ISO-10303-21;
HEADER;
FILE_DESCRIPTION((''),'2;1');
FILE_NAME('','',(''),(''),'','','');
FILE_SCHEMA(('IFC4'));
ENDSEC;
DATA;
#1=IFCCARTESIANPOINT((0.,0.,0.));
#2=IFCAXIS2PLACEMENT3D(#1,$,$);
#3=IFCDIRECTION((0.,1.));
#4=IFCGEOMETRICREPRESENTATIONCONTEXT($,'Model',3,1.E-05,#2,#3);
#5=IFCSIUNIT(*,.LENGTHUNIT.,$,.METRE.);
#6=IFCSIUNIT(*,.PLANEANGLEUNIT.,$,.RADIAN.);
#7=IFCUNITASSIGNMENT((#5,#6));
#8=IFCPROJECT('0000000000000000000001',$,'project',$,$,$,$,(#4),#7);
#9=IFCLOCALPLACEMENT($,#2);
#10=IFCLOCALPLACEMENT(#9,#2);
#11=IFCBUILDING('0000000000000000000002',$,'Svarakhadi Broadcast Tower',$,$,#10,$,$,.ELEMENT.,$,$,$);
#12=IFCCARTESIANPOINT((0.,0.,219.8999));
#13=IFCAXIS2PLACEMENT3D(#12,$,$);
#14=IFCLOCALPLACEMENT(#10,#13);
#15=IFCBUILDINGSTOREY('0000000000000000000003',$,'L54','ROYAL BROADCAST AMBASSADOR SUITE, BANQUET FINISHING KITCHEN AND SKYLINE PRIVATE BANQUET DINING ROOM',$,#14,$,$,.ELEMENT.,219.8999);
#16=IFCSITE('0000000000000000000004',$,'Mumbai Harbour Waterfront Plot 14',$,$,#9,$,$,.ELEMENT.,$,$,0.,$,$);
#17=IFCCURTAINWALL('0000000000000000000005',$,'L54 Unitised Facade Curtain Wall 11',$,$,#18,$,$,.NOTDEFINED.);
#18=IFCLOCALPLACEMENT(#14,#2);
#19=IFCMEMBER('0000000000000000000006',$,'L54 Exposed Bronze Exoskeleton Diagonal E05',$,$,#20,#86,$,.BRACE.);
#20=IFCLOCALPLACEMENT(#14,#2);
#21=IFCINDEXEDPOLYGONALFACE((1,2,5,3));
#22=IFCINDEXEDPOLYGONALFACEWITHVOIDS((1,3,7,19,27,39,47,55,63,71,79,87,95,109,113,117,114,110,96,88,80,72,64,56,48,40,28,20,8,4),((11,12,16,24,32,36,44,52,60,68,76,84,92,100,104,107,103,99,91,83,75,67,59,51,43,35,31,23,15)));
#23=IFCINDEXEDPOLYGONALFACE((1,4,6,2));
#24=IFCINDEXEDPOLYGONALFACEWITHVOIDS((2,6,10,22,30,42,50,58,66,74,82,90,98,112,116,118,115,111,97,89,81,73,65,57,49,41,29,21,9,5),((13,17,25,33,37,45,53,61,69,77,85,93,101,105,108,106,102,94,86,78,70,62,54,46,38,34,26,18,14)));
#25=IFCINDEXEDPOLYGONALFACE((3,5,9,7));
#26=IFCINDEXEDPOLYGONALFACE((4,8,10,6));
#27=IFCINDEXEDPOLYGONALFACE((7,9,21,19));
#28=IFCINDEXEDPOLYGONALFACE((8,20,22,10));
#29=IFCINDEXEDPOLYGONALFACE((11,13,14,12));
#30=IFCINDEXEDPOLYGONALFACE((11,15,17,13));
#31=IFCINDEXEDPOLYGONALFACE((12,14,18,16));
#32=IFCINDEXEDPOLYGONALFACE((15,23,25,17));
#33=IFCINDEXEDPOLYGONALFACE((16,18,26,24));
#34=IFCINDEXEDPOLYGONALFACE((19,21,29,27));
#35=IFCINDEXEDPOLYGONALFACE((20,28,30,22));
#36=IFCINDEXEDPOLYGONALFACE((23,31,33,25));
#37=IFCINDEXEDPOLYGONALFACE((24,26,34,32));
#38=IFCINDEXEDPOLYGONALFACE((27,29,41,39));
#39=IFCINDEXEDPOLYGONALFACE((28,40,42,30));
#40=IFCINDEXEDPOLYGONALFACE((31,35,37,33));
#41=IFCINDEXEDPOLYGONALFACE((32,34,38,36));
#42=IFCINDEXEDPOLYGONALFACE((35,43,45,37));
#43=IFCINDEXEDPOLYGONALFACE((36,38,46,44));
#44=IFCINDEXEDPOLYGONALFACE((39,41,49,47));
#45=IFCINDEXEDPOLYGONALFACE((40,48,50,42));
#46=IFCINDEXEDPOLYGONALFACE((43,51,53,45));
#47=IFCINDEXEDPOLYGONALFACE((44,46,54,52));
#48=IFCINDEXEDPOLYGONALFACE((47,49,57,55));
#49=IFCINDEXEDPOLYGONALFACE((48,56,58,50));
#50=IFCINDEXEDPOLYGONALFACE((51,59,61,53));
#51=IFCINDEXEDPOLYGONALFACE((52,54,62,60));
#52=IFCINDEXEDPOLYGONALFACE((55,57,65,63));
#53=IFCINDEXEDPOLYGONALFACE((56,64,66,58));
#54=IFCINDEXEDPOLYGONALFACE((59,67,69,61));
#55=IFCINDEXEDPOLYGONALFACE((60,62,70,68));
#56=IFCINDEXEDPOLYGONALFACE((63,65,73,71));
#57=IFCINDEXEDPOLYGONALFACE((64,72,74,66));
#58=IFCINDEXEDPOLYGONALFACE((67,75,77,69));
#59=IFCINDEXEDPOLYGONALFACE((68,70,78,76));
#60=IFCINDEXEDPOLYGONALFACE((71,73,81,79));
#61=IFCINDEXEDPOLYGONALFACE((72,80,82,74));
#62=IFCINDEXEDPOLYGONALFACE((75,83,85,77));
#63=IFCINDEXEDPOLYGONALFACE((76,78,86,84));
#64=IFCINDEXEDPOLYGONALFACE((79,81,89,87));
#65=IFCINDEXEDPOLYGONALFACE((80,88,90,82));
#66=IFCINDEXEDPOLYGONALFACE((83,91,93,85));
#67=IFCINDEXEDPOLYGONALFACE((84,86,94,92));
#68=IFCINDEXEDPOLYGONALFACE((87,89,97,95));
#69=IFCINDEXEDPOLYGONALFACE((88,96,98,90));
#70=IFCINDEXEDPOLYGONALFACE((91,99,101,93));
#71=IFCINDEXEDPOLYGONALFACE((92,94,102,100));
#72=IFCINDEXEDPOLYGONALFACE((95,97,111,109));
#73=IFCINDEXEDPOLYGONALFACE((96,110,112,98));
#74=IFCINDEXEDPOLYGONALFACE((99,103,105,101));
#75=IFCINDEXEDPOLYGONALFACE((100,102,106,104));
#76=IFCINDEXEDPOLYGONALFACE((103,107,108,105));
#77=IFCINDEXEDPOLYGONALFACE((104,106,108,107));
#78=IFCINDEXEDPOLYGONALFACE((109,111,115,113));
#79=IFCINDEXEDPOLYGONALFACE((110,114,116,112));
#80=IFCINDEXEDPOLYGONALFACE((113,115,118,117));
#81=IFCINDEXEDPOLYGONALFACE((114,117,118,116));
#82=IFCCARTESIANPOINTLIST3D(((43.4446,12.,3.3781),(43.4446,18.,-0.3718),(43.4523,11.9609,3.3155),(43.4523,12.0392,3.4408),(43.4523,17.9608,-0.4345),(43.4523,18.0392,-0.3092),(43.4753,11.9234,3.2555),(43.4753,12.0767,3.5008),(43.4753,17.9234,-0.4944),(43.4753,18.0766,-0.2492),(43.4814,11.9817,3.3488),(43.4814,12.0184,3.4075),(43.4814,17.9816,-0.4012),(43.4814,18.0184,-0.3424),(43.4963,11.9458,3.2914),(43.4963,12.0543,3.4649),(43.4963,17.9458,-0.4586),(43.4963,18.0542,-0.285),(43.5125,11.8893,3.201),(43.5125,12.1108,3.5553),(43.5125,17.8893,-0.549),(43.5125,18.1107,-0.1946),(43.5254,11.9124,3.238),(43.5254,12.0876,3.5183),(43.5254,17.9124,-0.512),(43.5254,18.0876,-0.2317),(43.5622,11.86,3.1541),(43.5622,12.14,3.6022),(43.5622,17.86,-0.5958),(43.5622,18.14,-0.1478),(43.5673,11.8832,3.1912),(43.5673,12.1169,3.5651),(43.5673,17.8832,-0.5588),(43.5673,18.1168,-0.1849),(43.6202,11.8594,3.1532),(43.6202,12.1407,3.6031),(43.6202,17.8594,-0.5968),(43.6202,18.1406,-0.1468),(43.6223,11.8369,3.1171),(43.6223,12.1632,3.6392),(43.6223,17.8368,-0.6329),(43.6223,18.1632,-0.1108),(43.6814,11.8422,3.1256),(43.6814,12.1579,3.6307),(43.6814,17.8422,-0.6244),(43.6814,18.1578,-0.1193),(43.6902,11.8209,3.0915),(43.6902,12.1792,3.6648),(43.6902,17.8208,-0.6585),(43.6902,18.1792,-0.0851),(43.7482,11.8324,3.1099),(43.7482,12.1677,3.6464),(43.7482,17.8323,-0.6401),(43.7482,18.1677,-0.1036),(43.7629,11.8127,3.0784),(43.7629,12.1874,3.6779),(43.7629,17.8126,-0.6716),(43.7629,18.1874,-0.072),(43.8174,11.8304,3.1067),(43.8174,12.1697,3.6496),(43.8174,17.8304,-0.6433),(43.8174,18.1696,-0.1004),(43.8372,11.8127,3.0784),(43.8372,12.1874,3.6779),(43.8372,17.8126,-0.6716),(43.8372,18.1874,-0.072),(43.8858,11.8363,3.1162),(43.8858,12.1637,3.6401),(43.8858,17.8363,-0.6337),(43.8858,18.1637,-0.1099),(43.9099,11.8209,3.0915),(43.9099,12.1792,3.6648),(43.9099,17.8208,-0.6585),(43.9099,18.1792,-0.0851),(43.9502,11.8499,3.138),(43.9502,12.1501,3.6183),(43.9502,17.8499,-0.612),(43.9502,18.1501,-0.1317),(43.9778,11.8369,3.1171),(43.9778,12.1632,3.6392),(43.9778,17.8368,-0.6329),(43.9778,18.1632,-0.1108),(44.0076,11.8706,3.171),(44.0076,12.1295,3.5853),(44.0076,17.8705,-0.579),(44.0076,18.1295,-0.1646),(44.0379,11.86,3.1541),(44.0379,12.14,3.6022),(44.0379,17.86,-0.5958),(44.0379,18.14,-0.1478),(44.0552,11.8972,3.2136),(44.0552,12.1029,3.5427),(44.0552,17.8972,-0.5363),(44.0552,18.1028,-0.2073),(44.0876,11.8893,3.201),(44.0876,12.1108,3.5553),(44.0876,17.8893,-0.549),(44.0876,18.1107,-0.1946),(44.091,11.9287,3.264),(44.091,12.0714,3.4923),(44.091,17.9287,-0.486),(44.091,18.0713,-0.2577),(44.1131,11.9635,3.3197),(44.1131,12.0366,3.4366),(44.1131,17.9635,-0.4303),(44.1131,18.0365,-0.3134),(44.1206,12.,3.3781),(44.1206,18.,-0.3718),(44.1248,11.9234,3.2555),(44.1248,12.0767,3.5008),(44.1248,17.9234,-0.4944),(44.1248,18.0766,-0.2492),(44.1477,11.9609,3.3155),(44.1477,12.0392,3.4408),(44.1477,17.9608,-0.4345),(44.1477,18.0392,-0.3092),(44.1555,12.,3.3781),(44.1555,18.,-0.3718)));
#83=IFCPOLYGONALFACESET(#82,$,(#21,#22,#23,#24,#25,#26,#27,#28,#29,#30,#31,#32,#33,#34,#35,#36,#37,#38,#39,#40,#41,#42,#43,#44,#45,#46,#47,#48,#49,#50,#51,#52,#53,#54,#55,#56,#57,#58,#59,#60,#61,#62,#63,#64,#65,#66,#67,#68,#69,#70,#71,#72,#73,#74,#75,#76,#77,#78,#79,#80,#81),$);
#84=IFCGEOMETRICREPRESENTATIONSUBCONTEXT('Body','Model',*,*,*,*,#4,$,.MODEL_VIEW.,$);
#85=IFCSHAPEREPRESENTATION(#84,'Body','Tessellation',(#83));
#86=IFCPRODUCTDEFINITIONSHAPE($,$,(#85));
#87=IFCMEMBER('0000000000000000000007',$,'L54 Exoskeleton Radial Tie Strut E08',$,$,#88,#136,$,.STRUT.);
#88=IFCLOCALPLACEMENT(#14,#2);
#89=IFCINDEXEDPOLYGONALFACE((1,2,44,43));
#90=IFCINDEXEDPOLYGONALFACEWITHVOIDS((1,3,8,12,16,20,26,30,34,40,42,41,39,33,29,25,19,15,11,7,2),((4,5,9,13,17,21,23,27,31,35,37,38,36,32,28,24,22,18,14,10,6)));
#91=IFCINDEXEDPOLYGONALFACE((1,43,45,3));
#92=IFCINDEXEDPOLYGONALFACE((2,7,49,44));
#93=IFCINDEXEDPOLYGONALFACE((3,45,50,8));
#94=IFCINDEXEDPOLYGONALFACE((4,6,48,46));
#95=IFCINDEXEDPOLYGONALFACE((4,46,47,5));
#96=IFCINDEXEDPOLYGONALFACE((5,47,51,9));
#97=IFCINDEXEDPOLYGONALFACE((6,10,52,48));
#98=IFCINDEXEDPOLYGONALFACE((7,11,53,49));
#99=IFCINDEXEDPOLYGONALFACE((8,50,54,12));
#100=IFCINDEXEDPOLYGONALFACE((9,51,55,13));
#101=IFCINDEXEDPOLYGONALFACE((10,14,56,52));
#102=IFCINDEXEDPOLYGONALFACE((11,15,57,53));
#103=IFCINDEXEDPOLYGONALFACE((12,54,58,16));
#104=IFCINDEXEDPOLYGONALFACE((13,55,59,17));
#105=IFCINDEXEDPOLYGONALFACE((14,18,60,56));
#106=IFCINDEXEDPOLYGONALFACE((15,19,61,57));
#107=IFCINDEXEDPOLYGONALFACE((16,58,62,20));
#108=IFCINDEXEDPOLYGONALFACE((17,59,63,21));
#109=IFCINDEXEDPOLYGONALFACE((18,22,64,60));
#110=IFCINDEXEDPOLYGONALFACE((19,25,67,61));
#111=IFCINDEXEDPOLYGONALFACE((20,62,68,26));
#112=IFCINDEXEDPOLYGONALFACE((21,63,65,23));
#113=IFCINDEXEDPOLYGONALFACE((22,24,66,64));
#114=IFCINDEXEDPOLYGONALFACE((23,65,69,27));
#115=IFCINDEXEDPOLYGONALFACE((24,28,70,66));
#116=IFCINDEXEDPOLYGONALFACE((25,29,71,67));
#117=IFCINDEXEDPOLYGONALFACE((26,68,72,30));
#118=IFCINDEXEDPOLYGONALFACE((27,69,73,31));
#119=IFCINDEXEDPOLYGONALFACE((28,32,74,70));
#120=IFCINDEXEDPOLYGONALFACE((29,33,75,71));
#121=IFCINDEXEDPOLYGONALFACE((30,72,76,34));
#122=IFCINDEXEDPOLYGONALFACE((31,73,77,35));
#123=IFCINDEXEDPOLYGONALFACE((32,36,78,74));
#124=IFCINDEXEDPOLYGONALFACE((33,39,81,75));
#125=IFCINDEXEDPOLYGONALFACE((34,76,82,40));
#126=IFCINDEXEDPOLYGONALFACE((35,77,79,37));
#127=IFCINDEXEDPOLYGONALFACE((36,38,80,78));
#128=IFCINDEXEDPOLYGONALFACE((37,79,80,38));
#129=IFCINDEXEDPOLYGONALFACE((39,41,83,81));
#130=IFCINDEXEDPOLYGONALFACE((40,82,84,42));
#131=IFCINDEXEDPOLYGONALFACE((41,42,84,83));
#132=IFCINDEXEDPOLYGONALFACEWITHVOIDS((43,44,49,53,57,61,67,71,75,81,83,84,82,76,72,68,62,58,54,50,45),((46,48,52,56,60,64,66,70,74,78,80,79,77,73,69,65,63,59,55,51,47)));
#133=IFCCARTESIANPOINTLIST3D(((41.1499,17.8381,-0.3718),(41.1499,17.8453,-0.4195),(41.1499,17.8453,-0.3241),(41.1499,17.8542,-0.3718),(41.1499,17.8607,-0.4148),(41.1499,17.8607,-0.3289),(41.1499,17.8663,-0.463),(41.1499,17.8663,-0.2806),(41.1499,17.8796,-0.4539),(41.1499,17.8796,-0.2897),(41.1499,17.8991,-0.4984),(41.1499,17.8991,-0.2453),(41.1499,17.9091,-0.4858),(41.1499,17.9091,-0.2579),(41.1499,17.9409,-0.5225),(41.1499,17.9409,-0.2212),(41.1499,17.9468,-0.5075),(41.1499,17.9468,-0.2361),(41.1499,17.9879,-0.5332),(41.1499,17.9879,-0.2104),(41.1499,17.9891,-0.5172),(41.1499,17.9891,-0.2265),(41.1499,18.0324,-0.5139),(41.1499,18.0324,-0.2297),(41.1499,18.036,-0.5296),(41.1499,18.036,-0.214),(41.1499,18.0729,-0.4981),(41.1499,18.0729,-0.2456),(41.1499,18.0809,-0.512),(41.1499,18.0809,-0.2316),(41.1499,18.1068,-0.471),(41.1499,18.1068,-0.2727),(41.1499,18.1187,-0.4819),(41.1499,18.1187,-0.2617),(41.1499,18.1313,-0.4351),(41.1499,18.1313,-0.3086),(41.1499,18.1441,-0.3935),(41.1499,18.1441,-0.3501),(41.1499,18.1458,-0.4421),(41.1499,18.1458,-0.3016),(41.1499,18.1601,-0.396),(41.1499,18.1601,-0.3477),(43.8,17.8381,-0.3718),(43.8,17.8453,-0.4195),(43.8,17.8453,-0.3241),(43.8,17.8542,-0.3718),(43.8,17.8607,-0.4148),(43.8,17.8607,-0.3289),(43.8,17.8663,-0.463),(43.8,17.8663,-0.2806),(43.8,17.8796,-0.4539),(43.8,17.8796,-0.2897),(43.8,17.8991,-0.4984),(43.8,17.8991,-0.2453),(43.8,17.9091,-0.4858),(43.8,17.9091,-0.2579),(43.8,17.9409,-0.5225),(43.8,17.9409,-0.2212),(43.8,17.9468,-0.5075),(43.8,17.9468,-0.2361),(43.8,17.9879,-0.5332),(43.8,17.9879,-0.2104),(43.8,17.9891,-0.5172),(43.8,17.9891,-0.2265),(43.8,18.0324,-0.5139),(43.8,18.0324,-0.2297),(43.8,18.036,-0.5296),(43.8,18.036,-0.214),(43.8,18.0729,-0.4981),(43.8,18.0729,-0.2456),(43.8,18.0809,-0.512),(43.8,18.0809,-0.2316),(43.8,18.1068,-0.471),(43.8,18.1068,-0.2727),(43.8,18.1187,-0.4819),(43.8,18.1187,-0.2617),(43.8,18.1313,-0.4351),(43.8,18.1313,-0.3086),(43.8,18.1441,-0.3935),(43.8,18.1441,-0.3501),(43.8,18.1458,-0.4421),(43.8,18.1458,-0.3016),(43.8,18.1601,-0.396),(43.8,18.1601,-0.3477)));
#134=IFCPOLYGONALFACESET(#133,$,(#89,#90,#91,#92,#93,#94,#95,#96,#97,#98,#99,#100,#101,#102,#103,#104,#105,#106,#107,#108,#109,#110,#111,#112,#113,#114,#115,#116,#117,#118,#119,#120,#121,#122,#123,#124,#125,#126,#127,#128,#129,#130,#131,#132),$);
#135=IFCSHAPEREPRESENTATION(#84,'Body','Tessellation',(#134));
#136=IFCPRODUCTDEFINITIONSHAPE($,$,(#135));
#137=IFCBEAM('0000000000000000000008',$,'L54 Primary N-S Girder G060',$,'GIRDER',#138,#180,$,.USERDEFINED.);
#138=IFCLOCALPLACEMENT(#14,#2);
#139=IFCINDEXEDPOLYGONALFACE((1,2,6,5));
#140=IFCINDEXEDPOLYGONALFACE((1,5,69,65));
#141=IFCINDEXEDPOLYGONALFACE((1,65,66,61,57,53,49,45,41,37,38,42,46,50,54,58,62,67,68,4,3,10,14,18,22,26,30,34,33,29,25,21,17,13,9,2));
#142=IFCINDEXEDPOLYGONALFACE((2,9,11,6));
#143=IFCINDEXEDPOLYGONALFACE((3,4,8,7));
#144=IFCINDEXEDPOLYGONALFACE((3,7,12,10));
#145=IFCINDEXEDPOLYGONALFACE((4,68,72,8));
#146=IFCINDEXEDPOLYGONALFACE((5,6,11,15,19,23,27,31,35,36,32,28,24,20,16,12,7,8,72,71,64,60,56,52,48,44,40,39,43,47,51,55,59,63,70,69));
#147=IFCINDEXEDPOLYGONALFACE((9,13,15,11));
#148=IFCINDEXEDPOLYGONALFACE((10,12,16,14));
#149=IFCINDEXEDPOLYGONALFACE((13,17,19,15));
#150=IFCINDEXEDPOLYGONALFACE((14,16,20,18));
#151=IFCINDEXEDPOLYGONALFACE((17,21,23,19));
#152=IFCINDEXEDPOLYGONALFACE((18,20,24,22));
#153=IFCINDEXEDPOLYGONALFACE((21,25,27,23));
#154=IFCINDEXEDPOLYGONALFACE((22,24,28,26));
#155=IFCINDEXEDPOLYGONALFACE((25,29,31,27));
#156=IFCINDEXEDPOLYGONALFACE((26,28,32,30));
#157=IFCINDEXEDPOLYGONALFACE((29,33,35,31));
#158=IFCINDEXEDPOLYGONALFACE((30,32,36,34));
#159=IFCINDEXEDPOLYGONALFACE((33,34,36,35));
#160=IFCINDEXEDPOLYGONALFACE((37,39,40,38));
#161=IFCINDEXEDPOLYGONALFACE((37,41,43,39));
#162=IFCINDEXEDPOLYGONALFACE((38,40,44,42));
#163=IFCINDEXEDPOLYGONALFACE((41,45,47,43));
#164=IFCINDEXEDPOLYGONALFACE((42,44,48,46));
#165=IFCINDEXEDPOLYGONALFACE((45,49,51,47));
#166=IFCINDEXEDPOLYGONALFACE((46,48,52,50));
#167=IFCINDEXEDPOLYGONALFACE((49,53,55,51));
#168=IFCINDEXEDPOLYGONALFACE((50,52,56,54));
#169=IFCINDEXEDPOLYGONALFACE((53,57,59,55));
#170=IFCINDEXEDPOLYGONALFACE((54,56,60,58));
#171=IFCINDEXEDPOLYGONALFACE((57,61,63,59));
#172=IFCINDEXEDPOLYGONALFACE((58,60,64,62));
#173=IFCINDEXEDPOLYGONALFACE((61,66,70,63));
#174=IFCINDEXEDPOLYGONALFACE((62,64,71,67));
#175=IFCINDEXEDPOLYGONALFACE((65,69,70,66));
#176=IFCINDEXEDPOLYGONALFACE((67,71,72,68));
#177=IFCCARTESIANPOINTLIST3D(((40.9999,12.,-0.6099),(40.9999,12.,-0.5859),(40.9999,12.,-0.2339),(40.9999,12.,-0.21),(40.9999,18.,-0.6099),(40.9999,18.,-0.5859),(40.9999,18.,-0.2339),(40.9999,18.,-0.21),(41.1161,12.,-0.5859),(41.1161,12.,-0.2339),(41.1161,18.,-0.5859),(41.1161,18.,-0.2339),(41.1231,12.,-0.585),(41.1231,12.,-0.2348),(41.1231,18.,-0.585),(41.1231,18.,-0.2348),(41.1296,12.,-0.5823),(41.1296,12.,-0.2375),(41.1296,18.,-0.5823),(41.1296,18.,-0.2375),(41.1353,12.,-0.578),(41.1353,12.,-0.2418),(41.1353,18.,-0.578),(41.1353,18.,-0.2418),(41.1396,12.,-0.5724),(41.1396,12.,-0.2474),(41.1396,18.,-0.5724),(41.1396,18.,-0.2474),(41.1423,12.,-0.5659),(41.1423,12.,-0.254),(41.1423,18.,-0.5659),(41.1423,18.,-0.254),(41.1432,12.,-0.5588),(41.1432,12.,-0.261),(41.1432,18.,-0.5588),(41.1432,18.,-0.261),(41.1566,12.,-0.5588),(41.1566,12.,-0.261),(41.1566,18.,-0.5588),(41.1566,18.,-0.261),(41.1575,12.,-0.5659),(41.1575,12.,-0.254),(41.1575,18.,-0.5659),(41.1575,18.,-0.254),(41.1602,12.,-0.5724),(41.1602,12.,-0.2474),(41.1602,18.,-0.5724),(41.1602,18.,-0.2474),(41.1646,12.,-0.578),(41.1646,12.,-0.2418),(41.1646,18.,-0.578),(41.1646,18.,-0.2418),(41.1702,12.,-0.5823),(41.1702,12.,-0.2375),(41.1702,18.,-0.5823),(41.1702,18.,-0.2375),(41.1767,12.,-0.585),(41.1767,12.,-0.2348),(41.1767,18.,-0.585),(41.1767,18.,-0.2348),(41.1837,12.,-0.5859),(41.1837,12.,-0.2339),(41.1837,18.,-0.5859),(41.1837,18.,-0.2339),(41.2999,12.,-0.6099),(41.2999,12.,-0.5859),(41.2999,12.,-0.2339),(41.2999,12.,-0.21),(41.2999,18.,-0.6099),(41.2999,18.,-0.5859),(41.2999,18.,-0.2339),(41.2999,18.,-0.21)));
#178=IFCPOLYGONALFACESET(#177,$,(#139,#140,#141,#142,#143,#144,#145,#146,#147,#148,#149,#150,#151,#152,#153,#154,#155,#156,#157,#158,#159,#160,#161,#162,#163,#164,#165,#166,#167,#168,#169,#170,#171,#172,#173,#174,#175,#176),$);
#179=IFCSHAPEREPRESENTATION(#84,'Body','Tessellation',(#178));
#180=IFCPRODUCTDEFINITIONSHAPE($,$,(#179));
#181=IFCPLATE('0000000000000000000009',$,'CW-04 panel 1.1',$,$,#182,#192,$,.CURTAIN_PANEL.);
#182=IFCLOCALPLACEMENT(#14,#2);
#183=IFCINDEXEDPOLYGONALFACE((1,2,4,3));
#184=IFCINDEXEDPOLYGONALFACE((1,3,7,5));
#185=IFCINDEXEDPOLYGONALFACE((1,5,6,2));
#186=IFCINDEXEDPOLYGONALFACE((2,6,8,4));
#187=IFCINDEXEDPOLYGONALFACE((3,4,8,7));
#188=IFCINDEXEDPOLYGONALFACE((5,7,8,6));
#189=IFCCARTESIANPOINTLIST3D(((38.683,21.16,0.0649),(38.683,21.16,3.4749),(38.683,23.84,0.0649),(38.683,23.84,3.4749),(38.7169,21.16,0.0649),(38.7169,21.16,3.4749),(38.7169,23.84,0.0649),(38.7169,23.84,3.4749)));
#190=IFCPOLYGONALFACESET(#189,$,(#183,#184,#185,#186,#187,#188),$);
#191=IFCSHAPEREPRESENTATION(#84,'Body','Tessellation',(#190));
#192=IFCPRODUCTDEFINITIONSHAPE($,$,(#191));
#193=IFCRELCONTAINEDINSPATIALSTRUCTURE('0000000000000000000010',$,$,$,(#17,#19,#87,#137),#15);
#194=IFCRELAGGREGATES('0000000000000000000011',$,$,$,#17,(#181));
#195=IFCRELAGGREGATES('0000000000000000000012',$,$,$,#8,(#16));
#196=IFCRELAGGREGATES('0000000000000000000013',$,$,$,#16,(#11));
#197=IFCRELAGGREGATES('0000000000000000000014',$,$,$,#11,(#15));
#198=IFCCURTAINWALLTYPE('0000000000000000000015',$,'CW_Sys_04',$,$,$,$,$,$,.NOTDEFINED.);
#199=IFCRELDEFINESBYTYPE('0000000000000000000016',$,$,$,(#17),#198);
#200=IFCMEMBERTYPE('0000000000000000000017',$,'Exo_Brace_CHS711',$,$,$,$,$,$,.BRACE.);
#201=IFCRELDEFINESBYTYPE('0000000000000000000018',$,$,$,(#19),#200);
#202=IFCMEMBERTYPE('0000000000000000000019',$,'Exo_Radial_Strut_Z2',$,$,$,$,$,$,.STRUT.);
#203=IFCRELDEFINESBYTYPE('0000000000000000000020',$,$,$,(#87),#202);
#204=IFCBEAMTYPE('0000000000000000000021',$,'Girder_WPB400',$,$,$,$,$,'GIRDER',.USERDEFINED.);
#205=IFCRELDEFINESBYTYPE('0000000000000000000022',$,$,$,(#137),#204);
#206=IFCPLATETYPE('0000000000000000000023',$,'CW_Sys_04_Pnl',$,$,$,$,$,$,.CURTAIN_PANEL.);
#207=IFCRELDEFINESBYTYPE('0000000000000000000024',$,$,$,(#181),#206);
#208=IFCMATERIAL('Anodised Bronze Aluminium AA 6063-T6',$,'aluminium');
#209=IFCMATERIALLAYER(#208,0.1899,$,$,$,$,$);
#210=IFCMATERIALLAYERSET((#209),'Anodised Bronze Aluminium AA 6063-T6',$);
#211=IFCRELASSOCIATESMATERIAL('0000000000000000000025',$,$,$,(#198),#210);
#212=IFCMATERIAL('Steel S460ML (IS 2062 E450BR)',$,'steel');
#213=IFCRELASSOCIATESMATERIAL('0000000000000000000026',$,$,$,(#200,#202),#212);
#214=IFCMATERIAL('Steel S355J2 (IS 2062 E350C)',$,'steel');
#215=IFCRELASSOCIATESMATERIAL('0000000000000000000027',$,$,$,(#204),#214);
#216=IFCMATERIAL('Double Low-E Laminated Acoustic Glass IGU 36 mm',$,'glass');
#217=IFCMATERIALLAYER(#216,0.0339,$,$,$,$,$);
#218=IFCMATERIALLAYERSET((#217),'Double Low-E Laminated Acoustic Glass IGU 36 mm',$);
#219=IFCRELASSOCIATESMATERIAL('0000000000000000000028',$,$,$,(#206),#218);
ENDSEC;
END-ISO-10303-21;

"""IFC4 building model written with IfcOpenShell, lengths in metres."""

from ifc_helpers import new_model, si_unit, direction, frame, origin, origin_2d, place, context, subcontext, project, spatial, rectangle, hollow_circle, i_section, extrude, material, layer, layer_set, material_profile, profile_set, type_object, element, aggregate, save


model = new_model("IFC4")

# Units and contexts
model_context = context("Model", 3, precision=1e-05, world=origin(), true_north=direction((0.0, 1.0)))
body_context = subcontext(model_context, "Body", "Model", "MODEL_VIEW")
ifc_project = project(units=[si_unit("LENGTHUNIT", "METRE"), si_unit("PLANEANGLEUNIT", "RADIAN")], contexts=[model_context])

# Site, building, storey
site_placement = place(None, origin())
site = spatial("IfcSite", under=ifc_project, at=site_placement, Name="Mumbai Harbour Waterfront Plot 14", CompositionType="ELEMENT", RefElevation=0.0)
building_placement = place(site_placement, origin())
building = spatial("IfcBuilding", under=site, at=building_placement, Name="Svarakhadi Broadcast Tower", CompositionType="ELEMENT")
storey_placement = place(building_placement, frame((0.0, 0.0, 219.8999)))
storey = spatial("IfcBuildingStorey", under=building, at=storey_placement, Name="L54", Description="ROYAL BROADCAST AMBASSADOR SUITE, BANQUET FINISHING KITCHEN AND SKYLINE PRIVATE BANQUET DINING ROOM", CompositionType="ELEMENT", Elevation=219.8999)

# Shared definitions
ifc_material_1 = material(Name="Steel S460ML (IS 2062 E450BR)", Category="steel")

# Shared definitions
ifc_material_2 = material(Name="Anodised Bronze Aluminium AA 6063-T6", Category="aluminium")
ifc_layer_1 = layer(ifc_material_2, 0.1899)
ifc_layer_set_1 = layer_set([ifc_layer_1], Name="Anodised Bronze Aluminium AA 6063-T6")
curtain_wall_type = type_object("IfcCurtainWallType", Name="CW_Sys_04", PredefinedType="NOTDEFINED", material=ifc_layer_set_1)

# Curtain wall
curtain_wall_1_placement = place(storey_placement, origin())
curtain_wall_1 = element("IfcCurtainWall", 1, at=curtain_wall_1_placement, inside=storey, type_object=curtain_wall_type, Name="L54 Unitised Facade Curtain Wall 11", PredefinedType="NOTDEFINED")

# Members
ifc_material_profile_1 = material_profile(ifc_material_1, hollow_circle(Radius=0.3555, WallThickness=0.0349, at=origin_2d()), Name="CHS 711x35")
ifc_profile_set_1 = profile_set([ifc_material_profile_1], Name="Steel S460ML (IS 2062 E450BR)")
member_type_1 = type_object("IfcMemberType", Name="Exo_Brace_CHS711", PredefinedType="BRACE", material=ifc_profile_set_1)
member_1_placement = place(storey_placement, frame((43.8, 18.0, -0.3718), z_axis=(0.0, -0.847998, 0.529999), x_axis=(1.0, 0.0, 0.0)))
element("IfcMember", 2, at=member_1_placement, inside=storey, type_object=member_type_1, Name="L54 Exposed Bronze Exoskeleton Diagonal E05", PredefinedType="BRACE", context=body_context, shape_type="SweptSolid", body=[
    extrude(hollow_circle(Radius=0.3555, WallThickness=0.0349, at=origin_2d()), origin(), (0.0, 0.0, 1.0), 7.0754),
])
ifc_material_profile_2 = material_profile(ifc_material_1, hollow_circle(Radius=0.1619, WallThickness=0.0161, at=origin_2d()), Name="CHS 323.9x16")
ifc_profile_set_2 = profile_set([ifc_material_profile_2], Name="Steel S460ML (IS 2062 E450BR)")
member_type_2 = type_object("IfcMemberType", Name="Exo_Radial_Strut_Z2", PredefinedType="STRUT", material=ifc_profile_set_2)
member_2_placement = place(storey_placement, frame((43.8, 18.0, -0.3718), z_axis=(-1.0, 0.0, 0.0), x_axis=(0.0, -1.0, 0.0)))
element("IfcMember", 3, at=member_2_placement, inside=storey, type_object=member_type_2, Name="L54 Exoskeleton Radial Tie Strut E08", PredefinedType="STRUT", context=body_context, shape_type="SweptSolid", body=[
    extrude(hollow_circle(Radius=0.1619, WallThickness=0.0161, at=origin_2d()), origin(), (0.0, 0.0, 1.0), 2.6501),
])

# Beam
ifc_material_3 = material(Name="Steel S355J2 (IS 2062 E350C)", Category="steel")
ifc_material_profile_3 = material_profile(ifc_material_3, i_section(OverallWidth=0.3, OverallDepth=0.3999, WebThickness=0.0134, FlangeThickness=0.0239, FilletRadius=0.0271, at=origin_2d()), Name="WPB 400x300x155")
ifc_profile_set_3 = profile_set([ifc_material_profile_3], Name="Steel S355J2 (IS 2062 E350C)")
beam_type = type_object("IfcBeamType", Name="Girder_WPB400", ElementType="GIRDER", PredefinedType="USERDEFINED", material=ifc_profile_set_3)
beam_placement = place(storey_placement, frame((41.1499, 12.0, -0.4099), z_axis=(0.0, 1.0, 0.0), x_axis=(-1.0, 0.0, 0.0)))
element("IfcBeam", 4, at=beam_placement, inside=storey, type_object=beam_type, Name="L54 Primary N-S Girder G060", ObjectType="GIRDER", PredefinedType="USERDEFINED", context=body_context, shape_type="SweptSolid", body=[
    extrude(i_section(OverallWidth=0.3, OverallDepth=0.3999, WebThickness=0.0134, FlangeThickness=0.0239, FilletRadius=0.0271, at=origin_2d()), origin(), (0.0, 0.0, 1.0), 6.0),
])

# Plate
ifc_material_4 = material(Name="Double Low-E Laminated Acoustic Glass IGU 36 mm", Category="glass")
ifc_layer_2 = layer(ifc_material_4, 0.0339)
ifc_layer_set_2 = layer_set([ifc_layer_2], Name="Double Low-E Laminated Acoustic Glass IGU 36 mm")
plate_type_1 = type_object("IfcPlateType", Name="CW_Sys_04_Pnl", PredefinedType="CURTAIN_PANEL", material=ifc_layer_set_2)
plate_1_placement = place(storey_placement, frame((38.7, 22.5, 0.0649), z_axis=(0.0, 0.0, 1.0), x_axis=(0.0, -1.0, 0.0)))
plate_1 = element("IfcPlate", 5, at=plate_1_placement, type_object=plate_type_1, Name="CW-04 panel 1.1", PredefinedType="CURTAIN_PANEL", context=body_context, shape_type="SweptSolid", body=[
    extrude(rectangle(XDim=2.6799, YDim=0.0339, at=origin_2d()), origin(), (0.0, 0.0, 1.0), 3.4099),
])
aggregate(curtain_wall_1, [plate_1])

save(model, "model.ifc")
